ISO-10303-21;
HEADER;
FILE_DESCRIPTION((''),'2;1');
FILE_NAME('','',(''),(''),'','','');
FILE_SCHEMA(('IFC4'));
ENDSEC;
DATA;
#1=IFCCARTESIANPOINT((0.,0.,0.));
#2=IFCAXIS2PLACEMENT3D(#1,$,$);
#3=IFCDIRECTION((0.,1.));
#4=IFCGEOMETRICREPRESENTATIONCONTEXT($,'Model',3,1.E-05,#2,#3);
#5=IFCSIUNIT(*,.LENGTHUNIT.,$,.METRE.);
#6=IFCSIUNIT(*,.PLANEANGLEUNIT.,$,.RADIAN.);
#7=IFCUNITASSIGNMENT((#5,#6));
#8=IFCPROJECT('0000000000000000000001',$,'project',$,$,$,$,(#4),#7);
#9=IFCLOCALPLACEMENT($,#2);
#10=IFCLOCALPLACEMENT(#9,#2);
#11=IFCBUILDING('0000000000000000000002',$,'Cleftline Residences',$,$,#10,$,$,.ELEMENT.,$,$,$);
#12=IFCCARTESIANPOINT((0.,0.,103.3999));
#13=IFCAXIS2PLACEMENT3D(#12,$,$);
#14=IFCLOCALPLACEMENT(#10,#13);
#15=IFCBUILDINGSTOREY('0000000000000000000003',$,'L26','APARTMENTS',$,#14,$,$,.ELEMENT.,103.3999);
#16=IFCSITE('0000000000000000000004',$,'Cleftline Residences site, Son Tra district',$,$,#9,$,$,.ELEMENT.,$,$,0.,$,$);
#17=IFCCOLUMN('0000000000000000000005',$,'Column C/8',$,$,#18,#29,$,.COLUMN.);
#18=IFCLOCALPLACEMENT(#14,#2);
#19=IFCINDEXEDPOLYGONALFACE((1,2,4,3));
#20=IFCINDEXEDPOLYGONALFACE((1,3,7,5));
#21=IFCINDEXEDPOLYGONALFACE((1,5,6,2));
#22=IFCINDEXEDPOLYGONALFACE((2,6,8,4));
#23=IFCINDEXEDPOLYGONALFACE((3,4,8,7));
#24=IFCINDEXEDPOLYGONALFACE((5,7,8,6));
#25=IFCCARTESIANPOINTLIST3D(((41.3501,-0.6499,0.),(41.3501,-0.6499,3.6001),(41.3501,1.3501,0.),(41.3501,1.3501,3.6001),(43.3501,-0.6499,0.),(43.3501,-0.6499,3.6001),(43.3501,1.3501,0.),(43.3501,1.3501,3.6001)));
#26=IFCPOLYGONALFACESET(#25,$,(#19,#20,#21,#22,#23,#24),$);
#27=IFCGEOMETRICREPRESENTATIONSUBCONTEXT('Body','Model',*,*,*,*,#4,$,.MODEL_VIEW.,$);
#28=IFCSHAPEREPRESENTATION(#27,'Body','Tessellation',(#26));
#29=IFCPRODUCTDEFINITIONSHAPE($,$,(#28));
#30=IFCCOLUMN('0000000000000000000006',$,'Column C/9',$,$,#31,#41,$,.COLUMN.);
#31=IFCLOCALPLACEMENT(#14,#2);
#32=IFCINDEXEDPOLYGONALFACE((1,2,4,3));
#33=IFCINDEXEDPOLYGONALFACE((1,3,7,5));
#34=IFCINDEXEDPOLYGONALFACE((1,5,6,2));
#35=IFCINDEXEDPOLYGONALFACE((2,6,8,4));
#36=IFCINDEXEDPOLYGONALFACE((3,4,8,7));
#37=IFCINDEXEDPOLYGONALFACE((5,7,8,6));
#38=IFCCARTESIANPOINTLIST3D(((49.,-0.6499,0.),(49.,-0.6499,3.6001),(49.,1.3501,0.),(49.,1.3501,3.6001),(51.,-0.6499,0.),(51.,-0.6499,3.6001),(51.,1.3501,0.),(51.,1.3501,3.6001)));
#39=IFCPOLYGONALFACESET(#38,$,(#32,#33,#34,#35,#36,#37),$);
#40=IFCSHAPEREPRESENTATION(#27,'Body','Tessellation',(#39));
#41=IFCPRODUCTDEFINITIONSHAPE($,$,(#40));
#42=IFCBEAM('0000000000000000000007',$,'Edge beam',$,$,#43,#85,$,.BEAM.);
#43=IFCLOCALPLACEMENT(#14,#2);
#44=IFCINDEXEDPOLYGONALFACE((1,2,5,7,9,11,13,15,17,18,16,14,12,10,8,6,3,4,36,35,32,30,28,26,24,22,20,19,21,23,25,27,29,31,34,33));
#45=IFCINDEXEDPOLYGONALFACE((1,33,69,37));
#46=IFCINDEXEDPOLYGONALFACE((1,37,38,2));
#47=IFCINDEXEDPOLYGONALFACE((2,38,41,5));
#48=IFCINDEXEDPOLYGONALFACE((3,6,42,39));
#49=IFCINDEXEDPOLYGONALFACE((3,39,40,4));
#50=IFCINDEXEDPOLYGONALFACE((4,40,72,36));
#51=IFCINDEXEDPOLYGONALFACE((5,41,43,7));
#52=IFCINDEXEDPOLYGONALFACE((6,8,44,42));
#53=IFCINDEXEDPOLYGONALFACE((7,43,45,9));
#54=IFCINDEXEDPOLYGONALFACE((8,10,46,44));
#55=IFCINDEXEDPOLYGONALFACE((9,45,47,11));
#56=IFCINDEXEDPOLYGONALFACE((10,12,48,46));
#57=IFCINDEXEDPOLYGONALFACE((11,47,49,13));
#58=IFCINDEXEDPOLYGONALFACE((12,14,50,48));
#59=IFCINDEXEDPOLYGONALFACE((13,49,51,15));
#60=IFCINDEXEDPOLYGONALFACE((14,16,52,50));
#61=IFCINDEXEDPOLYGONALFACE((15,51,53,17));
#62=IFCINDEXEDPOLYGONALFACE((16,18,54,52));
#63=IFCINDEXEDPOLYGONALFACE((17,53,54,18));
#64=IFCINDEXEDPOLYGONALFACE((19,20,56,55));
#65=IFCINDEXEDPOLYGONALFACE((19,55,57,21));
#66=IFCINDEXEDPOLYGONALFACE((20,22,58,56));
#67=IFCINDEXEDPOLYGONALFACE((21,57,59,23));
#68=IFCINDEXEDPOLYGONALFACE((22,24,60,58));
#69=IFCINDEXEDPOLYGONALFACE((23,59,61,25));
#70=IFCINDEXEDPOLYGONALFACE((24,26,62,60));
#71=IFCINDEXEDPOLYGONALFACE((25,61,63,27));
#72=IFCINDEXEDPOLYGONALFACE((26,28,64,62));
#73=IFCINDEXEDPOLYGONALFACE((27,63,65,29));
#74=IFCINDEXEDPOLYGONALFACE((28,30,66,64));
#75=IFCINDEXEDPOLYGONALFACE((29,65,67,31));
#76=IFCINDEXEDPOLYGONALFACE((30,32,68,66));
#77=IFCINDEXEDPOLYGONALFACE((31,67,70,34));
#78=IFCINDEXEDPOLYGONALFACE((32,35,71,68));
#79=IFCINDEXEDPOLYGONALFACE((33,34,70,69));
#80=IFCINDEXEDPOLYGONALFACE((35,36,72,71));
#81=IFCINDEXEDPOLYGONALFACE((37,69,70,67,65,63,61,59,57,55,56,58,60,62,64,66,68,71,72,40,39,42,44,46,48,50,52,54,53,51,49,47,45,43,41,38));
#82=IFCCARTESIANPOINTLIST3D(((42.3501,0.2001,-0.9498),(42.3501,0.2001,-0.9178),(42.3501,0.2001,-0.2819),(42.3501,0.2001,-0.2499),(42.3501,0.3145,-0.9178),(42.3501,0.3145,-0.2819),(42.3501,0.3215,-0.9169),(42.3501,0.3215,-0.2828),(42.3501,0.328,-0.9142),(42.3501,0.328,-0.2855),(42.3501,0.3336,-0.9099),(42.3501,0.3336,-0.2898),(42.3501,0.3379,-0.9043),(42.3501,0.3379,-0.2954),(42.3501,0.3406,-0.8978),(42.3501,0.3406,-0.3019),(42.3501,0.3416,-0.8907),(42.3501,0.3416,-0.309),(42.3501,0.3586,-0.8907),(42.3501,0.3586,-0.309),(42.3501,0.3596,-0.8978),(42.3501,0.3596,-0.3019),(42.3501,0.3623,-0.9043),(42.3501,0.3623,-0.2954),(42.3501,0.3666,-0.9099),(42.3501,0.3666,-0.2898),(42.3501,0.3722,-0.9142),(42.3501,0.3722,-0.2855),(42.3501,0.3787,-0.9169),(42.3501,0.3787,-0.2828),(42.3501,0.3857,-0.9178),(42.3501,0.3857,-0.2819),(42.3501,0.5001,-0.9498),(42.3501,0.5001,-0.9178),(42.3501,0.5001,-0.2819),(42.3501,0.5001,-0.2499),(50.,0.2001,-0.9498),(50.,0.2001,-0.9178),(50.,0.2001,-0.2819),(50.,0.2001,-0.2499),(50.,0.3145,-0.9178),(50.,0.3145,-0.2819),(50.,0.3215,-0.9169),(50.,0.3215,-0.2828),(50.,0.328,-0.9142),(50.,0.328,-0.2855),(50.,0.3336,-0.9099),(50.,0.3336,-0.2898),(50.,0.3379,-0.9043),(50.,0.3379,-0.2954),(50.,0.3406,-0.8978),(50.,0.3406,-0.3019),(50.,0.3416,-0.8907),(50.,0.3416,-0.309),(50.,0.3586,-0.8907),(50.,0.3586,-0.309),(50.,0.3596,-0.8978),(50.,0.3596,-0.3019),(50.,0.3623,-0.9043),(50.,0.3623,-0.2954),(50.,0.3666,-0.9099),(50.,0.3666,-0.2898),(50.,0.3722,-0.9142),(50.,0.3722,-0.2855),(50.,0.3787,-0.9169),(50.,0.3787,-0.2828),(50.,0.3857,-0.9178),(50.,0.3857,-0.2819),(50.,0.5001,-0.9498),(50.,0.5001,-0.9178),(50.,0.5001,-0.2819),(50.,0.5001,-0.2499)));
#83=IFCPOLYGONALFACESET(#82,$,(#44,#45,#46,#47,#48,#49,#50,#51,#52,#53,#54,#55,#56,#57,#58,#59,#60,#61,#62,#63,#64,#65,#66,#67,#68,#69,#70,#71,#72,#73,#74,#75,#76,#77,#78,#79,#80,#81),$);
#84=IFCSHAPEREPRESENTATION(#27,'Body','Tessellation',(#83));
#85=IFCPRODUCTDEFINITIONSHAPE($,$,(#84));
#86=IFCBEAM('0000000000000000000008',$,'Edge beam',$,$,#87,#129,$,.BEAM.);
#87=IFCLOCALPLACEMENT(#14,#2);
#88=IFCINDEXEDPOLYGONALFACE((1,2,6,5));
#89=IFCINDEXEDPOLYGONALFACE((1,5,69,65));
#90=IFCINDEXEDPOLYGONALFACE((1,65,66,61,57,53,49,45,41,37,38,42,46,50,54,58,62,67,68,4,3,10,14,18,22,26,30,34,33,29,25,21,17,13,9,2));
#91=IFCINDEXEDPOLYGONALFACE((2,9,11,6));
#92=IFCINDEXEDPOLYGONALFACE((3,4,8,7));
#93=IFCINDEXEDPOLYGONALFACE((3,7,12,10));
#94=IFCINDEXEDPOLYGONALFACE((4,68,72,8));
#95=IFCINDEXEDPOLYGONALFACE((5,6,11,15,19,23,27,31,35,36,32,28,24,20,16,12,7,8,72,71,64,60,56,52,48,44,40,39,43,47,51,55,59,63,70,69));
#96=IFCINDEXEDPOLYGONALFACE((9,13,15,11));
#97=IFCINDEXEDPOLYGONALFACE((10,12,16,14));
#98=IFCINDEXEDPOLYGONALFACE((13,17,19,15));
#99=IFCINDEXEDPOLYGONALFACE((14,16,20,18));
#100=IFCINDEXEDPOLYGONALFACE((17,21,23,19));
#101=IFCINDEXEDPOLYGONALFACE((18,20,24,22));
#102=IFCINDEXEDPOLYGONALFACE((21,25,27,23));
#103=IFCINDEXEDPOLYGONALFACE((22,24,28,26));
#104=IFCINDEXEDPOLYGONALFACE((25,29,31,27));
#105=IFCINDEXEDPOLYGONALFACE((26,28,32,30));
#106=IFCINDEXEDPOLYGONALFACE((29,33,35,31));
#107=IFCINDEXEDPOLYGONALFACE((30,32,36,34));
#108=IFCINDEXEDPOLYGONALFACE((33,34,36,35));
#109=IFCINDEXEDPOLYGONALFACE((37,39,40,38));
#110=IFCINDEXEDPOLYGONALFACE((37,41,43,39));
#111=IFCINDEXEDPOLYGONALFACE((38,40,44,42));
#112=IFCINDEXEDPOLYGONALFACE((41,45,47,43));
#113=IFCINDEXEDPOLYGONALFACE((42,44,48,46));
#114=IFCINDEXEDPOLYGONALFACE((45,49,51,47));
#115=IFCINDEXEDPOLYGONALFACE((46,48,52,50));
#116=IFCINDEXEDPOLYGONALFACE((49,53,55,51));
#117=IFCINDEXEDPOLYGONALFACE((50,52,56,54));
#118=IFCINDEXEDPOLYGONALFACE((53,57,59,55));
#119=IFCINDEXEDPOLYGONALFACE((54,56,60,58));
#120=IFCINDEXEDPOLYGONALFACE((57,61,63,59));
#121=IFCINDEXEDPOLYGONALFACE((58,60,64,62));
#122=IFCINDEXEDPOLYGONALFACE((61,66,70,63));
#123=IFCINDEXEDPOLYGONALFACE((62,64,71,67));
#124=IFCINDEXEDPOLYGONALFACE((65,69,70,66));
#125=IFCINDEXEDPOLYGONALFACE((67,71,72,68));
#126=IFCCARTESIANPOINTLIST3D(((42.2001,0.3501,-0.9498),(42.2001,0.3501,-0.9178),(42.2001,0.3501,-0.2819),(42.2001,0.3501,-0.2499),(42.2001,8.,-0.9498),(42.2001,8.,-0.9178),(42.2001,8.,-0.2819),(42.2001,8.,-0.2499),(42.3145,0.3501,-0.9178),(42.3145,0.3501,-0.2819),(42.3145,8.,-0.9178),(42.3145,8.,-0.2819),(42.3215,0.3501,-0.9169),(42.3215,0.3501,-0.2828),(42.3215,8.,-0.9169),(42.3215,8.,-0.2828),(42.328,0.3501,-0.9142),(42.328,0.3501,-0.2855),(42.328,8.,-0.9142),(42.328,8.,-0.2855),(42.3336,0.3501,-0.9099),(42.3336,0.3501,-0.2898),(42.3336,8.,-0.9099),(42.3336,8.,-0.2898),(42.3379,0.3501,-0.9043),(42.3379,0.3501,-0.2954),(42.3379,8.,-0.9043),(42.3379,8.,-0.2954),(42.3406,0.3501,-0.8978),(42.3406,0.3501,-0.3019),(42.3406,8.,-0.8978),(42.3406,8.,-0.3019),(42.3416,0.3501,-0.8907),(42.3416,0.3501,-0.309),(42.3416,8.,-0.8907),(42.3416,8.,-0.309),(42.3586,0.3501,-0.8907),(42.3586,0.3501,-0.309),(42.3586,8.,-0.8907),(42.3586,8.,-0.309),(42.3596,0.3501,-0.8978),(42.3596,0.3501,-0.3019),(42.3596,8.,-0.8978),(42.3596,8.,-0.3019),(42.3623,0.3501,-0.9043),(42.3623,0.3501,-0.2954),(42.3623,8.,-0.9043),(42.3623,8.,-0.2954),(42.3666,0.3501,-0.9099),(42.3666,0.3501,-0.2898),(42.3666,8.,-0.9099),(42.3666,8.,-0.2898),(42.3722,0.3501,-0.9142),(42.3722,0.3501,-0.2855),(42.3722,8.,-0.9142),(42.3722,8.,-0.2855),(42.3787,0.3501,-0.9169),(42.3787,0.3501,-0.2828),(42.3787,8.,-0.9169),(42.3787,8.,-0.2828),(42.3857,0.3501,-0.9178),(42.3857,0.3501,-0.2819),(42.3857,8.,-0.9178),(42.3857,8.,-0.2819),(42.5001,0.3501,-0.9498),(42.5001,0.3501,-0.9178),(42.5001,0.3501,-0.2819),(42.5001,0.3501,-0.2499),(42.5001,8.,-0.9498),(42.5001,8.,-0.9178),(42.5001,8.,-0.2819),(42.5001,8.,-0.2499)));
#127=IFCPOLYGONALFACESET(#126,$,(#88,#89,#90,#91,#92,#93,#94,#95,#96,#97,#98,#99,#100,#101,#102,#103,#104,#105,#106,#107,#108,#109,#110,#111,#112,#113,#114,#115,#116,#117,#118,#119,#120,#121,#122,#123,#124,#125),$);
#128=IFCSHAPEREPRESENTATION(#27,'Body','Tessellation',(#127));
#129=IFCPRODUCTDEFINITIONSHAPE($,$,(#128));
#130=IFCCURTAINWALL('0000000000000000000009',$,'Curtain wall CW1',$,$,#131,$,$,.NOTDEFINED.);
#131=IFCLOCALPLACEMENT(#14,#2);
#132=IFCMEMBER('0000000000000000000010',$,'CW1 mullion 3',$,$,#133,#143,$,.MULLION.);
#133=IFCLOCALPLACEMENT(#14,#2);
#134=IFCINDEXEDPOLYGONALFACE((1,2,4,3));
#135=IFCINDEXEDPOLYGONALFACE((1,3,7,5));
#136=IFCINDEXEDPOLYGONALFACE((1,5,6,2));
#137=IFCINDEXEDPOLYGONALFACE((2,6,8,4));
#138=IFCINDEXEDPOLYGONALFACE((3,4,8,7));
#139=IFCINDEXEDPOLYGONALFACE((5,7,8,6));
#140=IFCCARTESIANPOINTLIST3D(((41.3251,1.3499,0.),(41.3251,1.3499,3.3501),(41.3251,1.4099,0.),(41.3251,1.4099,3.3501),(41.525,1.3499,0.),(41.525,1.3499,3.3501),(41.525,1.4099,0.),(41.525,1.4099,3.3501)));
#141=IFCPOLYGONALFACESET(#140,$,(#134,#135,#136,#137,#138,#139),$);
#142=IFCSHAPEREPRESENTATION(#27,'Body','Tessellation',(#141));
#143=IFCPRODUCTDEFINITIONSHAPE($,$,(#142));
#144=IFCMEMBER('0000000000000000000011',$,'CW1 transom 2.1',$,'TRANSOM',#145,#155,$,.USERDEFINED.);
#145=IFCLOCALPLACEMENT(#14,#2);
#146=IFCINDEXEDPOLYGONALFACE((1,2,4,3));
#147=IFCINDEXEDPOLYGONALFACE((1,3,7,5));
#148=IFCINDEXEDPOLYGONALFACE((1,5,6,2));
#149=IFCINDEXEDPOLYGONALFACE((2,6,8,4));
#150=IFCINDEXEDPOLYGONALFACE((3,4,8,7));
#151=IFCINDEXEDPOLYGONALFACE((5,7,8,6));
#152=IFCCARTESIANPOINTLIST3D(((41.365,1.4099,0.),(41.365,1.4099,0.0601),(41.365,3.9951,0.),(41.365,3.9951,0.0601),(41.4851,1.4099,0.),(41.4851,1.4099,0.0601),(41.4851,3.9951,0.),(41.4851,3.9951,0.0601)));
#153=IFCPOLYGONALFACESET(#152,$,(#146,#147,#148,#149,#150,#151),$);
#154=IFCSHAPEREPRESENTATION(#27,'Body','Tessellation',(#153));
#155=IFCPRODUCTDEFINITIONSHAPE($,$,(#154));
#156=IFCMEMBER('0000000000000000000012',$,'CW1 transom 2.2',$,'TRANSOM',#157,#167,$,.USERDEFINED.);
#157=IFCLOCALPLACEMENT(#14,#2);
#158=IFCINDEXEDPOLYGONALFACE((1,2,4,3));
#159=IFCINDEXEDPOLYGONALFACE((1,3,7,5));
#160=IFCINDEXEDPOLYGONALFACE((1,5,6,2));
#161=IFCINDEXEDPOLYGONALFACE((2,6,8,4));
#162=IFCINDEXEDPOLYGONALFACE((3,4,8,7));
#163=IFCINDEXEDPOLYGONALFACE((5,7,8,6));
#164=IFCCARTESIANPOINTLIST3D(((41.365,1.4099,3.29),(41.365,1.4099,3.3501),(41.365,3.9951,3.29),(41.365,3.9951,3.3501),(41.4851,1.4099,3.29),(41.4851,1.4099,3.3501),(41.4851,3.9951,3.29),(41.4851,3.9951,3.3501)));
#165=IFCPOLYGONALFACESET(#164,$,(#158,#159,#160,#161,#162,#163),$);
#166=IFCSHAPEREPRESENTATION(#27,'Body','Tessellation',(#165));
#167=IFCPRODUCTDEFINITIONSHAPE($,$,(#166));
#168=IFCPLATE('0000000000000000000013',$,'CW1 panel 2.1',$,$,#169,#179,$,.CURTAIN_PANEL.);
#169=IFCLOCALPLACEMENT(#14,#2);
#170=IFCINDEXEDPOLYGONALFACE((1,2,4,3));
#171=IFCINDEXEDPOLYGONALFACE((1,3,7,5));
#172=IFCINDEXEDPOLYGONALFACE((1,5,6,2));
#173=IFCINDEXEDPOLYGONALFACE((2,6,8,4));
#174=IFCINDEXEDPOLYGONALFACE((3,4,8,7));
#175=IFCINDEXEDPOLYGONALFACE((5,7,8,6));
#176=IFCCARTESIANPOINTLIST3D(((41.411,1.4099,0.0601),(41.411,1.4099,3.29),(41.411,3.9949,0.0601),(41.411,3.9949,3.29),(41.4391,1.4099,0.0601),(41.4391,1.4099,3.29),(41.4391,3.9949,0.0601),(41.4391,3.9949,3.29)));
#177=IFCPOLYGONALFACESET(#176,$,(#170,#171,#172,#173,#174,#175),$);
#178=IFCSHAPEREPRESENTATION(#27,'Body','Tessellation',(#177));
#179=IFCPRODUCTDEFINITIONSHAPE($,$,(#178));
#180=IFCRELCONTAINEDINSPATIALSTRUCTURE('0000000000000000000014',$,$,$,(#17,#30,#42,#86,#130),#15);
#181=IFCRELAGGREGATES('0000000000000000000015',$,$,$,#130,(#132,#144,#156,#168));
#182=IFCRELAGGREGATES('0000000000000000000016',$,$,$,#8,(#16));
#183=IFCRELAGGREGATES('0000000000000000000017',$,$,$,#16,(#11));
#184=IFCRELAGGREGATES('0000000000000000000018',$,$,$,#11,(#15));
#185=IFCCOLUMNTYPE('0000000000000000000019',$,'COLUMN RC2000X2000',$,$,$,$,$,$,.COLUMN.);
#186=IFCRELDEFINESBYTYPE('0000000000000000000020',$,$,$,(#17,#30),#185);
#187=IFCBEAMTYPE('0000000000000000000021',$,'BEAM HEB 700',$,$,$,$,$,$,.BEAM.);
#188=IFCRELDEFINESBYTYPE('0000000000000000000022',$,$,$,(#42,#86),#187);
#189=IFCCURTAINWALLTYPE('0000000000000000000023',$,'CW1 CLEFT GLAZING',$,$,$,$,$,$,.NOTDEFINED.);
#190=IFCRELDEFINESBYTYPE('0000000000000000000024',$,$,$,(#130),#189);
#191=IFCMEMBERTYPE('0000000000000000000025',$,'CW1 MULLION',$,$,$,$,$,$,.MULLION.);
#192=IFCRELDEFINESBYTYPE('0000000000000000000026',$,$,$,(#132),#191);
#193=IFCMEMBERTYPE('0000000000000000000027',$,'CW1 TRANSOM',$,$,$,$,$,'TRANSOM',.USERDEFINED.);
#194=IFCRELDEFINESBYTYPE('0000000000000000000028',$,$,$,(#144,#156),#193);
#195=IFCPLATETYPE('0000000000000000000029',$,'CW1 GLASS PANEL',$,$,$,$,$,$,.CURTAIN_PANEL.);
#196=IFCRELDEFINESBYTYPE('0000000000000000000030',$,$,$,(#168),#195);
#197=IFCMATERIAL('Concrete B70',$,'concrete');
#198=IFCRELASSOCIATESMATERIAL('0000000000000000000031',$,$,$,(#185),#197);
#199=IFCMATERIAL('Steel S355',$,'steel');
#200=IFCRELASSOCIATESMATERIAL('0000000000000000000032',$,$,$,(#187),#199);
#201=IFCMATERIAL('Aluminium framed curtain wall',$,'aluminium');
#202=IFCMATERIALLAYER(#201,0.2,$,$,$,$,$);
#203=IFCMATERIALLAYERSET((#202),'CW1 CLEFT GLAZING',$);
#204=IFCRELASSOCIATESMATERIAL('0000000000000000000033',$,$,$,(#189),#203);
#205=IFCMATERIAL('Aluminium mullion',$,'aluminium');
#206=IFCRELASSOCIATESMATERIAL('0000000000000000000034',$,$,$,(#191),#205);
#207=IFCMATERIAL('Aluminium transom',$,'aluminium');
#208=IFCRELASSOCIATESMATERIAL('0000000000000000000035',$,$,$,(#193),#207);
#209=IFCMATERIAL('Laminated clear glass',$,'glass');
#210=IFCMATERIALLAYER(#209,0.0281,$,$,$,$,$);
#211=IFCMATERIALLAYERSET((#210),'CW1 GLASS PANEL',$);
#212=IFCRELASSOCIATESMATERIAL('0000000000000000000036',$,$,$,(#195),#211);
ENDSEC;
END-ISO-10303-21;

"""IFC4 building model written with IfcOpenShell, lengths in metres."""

from ifc_helpers import new_model, si_unit, direction, frame, origin, origin_2d, place, context, subcontext, project, spatial, rectangle, i_section, extrude, material, layer, layer_set, material_profile, profile_set, type_object, element, aggregate, save


model = new_model("IFC4")

# Units and contexts
model_context = context("Model", 3, precision=1e-05, world=origin(), true_north=direction((0.0, 1.0)))
body_context = subcontext(model_context, "Body", "Model", "MODEL_VIEW")
ifc_project = project(units=[si_unit("LENGTHUNIT", "METRE"), si_unit("PLANEANGLEUNIT", "RADIAN")], contexts=[model_context])

# Site, building, storey
site_placement = place(None, origin())
site = spatial("IfcSite", under=ifc_project, at=site_placement, Name="Cleftline Residences site, Son Tra district", CompositionType="ELEMENT", RefElevation=0.0)
building_placement = place(site_placement, origin())
building = spatial("IfcBuilding", under=site, at=building_placement, Name="Cleftline Residences", CompositionType="ELEMENT")
storey_placement = place(building_placement, frame((0.0, 0.0, 103.3999)))
storey = spatial("IfcBuildingStorey", under=building, at=storey_placement, Name="L26", Description="APARTMENTS", CompositionType="ELEMENT", Elevation=103.3999)

# Columns
ifc_material_1 = material(Name="Concrete B70", Category="concrete")
ifc_material_profile_1 = material_profile(ifc_material_1, rectangle(XDim=2.0, YDim=2.0, at=origin_2d()))
ifc_profile_set_1 = profile_set([ifc_material_profile_1], Name="Concrete B70")
column_type = type_object("IfcColumnType", Name="COLUMN RC2000X2000", PredefinedType="COLUMN", material=ifc_profile_set_1)
for number, where, z_axis, x_axis, name in (
    (1, (42.3501, 0.3501, 0.0), (0.0, 0.0, 1.0), (1.0, 0.0, 0.0), "Column C/8"),
    (2, (50.0, 0.3501, 0.0), (0.0, 0.0, 1.0), (1.0, 0.0, 0.0), "Column C/9"),
):
    element("IfcColumn", number, at=place(storey_placement, frame(where, z_axis=z_axis, x_axis=x_axis)), inside=storey, type_object=column_type, Name=name, PredefinedType="COLUMN", context=body_context, shape_type="SweptSolid", body=[
        extrude(rectangle(XDim=2.0, YDim=2.0, at=origin_2d()), origin(), (0.0, 0.0, 1.0), 3.6001),
    ])

# Beams
ifc_material_2 = material(Name="Steel S355", Category="steel")
ifc_material_profile_2 = material_profile(ifc_material_2, i_section(OverallWidth=0.3, OverallDepth=0.7, WebThickness=0.0171, FlangeThickness=0.032, FilletRadius=0.0271, at=origin_2d()))
ifc_profile_set_2 = profile_set([ifc_material_profile_2], Name="Steel S355")
beam_type = type_object("IfcBeamType", Name="BEAM HEB 700", PredefinedType="BEAM", material=ifc_profile_set_2)
for number, where, z_axis, x_axis, name in (
    (3, (50.0, 0.3501, -0.5999), (-1.0, 0.0, 0.0), (0.0, -1.0, 0.0), "Edge beam"),
    (4, (42.3501, 0.3501, -0.5999), (0.0, 1.0, 0.0), (-1.0, 0.0, 0.0), "Edge beam"),
):
    element("IfcBeam", number, at=place(storey_placement, frame(where, z_axis=z_axis, x_axis=x_axis)), inside=storey, type_object=beam_type, Name=name, PredefinedType="BEAM", context=body_context, shape_type="SweptSolid", body=[
        extrude(i_section(OverallWidth=0.3, OverallDepth=0.7, WebThickness=0.0171, FlangeThickness=0.032, FilletRadius=0.0271, at=origin_2d()), origin(), (0.0, 0.0, 1.0), 7.6499),
    ])

# Curtain wall, members, plate
ifc_material_3 = material(Name="Aluminium framed curtain wall", Category="aluminium")
ifc_layer_1 = layer(ifc_material_3, 0.2)
ifc_layer_set_1 = layer_set([ifc_layer_1], Name="CW1 CLEFT GLAZING")
curtain_wall_type = type_object("IfcCurtainWallType", Name="CW1 CLEFT GLAZING", PredefinedType="NOTDEFINED", material=ifc_layer_set_1)
curtain_wall_placement = place(storey_placement, origin())
curtain_wall = element("IfcCurtainWall", 5, at=curtain_wall_placement, inside=storey, type_object=curtain_wall_type, Name="Curtain wall CW1", PredefinedType="NOTDEFINED")
ifc_material_4 = material(Name="Aluminium mullion", Category="aluminium")
ifc_material_profile_3 = material_profile(ifc_material_4, rectangle(XDim=0.2, YDim=0.0601, at=origin_2d()))
ifc_profile_set_3 = profile_set([ifc_material_profile_3], Name="Aluminium mullion")
member_type_1 = type_object("IfcMemberType", Name="CW1 MULLION", PredefinedType="MULLION", material=ifc_profile_set_3)
member_1_placement = place(storey_placement, frame((41.425, 1.3799, 0.0), z_axis=(0.0, 0.0, 1.0), x_axis=(1.0, 0.0, 0.0)))
member_1 = element("IfcMember", 6, at=member_1_placement, type_object=member_type_1, Name="CW1 mullion 3", PredefinedType="MULLION", context=body_context, shape_type="SweptSolid", body=[
    extrude(rectangle(XDim=0.2, YDim=0.0601, at=origin_2d()), origin(), (0.0, 0.0, 1.0), 3.3501),
])
ifc_material_5 = material(Name="Aluminium transom", Category="aluminium")
ifc_material_profile_4 = material_profile(ifc_material_5, rectangle(XDim=0.1201, YDim=0.0601, at=origin_2d()))
ifc_profile_set_4 = profile_set([ifc_material_profile_4], Name="Aluminium transom")
member_type_2 = type_object("IfcMemberType", Name="CW1 TRANSOM", ElementType="TRANSOM", PredefinedType="USERDEFINED", material=ifc_profile_set_4)
member_2_placement = place(storey_placement, frame((41.425, 3.9951, 0.03), z_axis=(0.0, -1.0, 0.0), x_axis=(1.0, 0.0, 0.0)))
member_2 = element("IfcMember", 7, at=member_2_placement, type_object=member_type_2, Name="CW1 transom 2.1", ObjectType="TRANSOM", PredefinedType="USERDEFINED", context=body_context, shape_type="SweptSolid", body=[
    extrude(rectangle(XDim=0.1201, YDim=0.0601, at=origin_2d()), origin(), (0.0, 0.0, 1.0), 2.5852),
])
member_3_placement = place(storey_placement, frame((41.425, 3.9951, 3.3201), z_axis=(0.0, -1.0, 0.0), x_axis=(1.0, 0.0, 0.0)))
member_3 = element("IfcMember", 8, at=member_3_placement, type_object=member_type_2, Name="CW1 transom 2.2", ObjectType="TRANSOM", PredefinedType="USERDEFINED", context=body_context, shape_type="SweptSolid", body=[
    extrude(rectangle(XDim=0.1201, YDim=0.0601, at=origin_2d()), origin(), (0.0, 0.0, 1.0), 2.5852),
])
ifc_material_6 = material(Name="Laminated clear glass", Category="glass")
ifc_layer_2 = layer(ifc_material_6, 0.0281)
ifc_layer_set_2 = layer_set([ifc_layer_2], Name="CW1 GLASS PANEL")
plate_type = type_object("IfcPlateType", Name="CW1 GLASS PANEL", PredefinedType="CURTAIN_PANEL", material=ifc_layer_set_2)
plate_placement = place(storey_placement, frame((41.425, 2.7024, 0.0601), z_axis=(0.0, 0.0, 1.0), x_axis=(0.0, -1.0, 0.0)))
plate = element("IfcPlate", 9, at=plate_placement, type_object=plate_type, Name="CW1 panel 2.1", PredefinedType="CURTAIN_PANEL", context=body_context, shape_type="SweptSolid", body=[
    extrude(rectangle(XDim=2.585, YDim=0.0281, at=origin_2d()), origin(), (0.0, 0.0, 1.0), 3.23),
])
aggregate(curtain_wall, [member_1, member_2, member_3, plate])

save(model, "model.ifc")
